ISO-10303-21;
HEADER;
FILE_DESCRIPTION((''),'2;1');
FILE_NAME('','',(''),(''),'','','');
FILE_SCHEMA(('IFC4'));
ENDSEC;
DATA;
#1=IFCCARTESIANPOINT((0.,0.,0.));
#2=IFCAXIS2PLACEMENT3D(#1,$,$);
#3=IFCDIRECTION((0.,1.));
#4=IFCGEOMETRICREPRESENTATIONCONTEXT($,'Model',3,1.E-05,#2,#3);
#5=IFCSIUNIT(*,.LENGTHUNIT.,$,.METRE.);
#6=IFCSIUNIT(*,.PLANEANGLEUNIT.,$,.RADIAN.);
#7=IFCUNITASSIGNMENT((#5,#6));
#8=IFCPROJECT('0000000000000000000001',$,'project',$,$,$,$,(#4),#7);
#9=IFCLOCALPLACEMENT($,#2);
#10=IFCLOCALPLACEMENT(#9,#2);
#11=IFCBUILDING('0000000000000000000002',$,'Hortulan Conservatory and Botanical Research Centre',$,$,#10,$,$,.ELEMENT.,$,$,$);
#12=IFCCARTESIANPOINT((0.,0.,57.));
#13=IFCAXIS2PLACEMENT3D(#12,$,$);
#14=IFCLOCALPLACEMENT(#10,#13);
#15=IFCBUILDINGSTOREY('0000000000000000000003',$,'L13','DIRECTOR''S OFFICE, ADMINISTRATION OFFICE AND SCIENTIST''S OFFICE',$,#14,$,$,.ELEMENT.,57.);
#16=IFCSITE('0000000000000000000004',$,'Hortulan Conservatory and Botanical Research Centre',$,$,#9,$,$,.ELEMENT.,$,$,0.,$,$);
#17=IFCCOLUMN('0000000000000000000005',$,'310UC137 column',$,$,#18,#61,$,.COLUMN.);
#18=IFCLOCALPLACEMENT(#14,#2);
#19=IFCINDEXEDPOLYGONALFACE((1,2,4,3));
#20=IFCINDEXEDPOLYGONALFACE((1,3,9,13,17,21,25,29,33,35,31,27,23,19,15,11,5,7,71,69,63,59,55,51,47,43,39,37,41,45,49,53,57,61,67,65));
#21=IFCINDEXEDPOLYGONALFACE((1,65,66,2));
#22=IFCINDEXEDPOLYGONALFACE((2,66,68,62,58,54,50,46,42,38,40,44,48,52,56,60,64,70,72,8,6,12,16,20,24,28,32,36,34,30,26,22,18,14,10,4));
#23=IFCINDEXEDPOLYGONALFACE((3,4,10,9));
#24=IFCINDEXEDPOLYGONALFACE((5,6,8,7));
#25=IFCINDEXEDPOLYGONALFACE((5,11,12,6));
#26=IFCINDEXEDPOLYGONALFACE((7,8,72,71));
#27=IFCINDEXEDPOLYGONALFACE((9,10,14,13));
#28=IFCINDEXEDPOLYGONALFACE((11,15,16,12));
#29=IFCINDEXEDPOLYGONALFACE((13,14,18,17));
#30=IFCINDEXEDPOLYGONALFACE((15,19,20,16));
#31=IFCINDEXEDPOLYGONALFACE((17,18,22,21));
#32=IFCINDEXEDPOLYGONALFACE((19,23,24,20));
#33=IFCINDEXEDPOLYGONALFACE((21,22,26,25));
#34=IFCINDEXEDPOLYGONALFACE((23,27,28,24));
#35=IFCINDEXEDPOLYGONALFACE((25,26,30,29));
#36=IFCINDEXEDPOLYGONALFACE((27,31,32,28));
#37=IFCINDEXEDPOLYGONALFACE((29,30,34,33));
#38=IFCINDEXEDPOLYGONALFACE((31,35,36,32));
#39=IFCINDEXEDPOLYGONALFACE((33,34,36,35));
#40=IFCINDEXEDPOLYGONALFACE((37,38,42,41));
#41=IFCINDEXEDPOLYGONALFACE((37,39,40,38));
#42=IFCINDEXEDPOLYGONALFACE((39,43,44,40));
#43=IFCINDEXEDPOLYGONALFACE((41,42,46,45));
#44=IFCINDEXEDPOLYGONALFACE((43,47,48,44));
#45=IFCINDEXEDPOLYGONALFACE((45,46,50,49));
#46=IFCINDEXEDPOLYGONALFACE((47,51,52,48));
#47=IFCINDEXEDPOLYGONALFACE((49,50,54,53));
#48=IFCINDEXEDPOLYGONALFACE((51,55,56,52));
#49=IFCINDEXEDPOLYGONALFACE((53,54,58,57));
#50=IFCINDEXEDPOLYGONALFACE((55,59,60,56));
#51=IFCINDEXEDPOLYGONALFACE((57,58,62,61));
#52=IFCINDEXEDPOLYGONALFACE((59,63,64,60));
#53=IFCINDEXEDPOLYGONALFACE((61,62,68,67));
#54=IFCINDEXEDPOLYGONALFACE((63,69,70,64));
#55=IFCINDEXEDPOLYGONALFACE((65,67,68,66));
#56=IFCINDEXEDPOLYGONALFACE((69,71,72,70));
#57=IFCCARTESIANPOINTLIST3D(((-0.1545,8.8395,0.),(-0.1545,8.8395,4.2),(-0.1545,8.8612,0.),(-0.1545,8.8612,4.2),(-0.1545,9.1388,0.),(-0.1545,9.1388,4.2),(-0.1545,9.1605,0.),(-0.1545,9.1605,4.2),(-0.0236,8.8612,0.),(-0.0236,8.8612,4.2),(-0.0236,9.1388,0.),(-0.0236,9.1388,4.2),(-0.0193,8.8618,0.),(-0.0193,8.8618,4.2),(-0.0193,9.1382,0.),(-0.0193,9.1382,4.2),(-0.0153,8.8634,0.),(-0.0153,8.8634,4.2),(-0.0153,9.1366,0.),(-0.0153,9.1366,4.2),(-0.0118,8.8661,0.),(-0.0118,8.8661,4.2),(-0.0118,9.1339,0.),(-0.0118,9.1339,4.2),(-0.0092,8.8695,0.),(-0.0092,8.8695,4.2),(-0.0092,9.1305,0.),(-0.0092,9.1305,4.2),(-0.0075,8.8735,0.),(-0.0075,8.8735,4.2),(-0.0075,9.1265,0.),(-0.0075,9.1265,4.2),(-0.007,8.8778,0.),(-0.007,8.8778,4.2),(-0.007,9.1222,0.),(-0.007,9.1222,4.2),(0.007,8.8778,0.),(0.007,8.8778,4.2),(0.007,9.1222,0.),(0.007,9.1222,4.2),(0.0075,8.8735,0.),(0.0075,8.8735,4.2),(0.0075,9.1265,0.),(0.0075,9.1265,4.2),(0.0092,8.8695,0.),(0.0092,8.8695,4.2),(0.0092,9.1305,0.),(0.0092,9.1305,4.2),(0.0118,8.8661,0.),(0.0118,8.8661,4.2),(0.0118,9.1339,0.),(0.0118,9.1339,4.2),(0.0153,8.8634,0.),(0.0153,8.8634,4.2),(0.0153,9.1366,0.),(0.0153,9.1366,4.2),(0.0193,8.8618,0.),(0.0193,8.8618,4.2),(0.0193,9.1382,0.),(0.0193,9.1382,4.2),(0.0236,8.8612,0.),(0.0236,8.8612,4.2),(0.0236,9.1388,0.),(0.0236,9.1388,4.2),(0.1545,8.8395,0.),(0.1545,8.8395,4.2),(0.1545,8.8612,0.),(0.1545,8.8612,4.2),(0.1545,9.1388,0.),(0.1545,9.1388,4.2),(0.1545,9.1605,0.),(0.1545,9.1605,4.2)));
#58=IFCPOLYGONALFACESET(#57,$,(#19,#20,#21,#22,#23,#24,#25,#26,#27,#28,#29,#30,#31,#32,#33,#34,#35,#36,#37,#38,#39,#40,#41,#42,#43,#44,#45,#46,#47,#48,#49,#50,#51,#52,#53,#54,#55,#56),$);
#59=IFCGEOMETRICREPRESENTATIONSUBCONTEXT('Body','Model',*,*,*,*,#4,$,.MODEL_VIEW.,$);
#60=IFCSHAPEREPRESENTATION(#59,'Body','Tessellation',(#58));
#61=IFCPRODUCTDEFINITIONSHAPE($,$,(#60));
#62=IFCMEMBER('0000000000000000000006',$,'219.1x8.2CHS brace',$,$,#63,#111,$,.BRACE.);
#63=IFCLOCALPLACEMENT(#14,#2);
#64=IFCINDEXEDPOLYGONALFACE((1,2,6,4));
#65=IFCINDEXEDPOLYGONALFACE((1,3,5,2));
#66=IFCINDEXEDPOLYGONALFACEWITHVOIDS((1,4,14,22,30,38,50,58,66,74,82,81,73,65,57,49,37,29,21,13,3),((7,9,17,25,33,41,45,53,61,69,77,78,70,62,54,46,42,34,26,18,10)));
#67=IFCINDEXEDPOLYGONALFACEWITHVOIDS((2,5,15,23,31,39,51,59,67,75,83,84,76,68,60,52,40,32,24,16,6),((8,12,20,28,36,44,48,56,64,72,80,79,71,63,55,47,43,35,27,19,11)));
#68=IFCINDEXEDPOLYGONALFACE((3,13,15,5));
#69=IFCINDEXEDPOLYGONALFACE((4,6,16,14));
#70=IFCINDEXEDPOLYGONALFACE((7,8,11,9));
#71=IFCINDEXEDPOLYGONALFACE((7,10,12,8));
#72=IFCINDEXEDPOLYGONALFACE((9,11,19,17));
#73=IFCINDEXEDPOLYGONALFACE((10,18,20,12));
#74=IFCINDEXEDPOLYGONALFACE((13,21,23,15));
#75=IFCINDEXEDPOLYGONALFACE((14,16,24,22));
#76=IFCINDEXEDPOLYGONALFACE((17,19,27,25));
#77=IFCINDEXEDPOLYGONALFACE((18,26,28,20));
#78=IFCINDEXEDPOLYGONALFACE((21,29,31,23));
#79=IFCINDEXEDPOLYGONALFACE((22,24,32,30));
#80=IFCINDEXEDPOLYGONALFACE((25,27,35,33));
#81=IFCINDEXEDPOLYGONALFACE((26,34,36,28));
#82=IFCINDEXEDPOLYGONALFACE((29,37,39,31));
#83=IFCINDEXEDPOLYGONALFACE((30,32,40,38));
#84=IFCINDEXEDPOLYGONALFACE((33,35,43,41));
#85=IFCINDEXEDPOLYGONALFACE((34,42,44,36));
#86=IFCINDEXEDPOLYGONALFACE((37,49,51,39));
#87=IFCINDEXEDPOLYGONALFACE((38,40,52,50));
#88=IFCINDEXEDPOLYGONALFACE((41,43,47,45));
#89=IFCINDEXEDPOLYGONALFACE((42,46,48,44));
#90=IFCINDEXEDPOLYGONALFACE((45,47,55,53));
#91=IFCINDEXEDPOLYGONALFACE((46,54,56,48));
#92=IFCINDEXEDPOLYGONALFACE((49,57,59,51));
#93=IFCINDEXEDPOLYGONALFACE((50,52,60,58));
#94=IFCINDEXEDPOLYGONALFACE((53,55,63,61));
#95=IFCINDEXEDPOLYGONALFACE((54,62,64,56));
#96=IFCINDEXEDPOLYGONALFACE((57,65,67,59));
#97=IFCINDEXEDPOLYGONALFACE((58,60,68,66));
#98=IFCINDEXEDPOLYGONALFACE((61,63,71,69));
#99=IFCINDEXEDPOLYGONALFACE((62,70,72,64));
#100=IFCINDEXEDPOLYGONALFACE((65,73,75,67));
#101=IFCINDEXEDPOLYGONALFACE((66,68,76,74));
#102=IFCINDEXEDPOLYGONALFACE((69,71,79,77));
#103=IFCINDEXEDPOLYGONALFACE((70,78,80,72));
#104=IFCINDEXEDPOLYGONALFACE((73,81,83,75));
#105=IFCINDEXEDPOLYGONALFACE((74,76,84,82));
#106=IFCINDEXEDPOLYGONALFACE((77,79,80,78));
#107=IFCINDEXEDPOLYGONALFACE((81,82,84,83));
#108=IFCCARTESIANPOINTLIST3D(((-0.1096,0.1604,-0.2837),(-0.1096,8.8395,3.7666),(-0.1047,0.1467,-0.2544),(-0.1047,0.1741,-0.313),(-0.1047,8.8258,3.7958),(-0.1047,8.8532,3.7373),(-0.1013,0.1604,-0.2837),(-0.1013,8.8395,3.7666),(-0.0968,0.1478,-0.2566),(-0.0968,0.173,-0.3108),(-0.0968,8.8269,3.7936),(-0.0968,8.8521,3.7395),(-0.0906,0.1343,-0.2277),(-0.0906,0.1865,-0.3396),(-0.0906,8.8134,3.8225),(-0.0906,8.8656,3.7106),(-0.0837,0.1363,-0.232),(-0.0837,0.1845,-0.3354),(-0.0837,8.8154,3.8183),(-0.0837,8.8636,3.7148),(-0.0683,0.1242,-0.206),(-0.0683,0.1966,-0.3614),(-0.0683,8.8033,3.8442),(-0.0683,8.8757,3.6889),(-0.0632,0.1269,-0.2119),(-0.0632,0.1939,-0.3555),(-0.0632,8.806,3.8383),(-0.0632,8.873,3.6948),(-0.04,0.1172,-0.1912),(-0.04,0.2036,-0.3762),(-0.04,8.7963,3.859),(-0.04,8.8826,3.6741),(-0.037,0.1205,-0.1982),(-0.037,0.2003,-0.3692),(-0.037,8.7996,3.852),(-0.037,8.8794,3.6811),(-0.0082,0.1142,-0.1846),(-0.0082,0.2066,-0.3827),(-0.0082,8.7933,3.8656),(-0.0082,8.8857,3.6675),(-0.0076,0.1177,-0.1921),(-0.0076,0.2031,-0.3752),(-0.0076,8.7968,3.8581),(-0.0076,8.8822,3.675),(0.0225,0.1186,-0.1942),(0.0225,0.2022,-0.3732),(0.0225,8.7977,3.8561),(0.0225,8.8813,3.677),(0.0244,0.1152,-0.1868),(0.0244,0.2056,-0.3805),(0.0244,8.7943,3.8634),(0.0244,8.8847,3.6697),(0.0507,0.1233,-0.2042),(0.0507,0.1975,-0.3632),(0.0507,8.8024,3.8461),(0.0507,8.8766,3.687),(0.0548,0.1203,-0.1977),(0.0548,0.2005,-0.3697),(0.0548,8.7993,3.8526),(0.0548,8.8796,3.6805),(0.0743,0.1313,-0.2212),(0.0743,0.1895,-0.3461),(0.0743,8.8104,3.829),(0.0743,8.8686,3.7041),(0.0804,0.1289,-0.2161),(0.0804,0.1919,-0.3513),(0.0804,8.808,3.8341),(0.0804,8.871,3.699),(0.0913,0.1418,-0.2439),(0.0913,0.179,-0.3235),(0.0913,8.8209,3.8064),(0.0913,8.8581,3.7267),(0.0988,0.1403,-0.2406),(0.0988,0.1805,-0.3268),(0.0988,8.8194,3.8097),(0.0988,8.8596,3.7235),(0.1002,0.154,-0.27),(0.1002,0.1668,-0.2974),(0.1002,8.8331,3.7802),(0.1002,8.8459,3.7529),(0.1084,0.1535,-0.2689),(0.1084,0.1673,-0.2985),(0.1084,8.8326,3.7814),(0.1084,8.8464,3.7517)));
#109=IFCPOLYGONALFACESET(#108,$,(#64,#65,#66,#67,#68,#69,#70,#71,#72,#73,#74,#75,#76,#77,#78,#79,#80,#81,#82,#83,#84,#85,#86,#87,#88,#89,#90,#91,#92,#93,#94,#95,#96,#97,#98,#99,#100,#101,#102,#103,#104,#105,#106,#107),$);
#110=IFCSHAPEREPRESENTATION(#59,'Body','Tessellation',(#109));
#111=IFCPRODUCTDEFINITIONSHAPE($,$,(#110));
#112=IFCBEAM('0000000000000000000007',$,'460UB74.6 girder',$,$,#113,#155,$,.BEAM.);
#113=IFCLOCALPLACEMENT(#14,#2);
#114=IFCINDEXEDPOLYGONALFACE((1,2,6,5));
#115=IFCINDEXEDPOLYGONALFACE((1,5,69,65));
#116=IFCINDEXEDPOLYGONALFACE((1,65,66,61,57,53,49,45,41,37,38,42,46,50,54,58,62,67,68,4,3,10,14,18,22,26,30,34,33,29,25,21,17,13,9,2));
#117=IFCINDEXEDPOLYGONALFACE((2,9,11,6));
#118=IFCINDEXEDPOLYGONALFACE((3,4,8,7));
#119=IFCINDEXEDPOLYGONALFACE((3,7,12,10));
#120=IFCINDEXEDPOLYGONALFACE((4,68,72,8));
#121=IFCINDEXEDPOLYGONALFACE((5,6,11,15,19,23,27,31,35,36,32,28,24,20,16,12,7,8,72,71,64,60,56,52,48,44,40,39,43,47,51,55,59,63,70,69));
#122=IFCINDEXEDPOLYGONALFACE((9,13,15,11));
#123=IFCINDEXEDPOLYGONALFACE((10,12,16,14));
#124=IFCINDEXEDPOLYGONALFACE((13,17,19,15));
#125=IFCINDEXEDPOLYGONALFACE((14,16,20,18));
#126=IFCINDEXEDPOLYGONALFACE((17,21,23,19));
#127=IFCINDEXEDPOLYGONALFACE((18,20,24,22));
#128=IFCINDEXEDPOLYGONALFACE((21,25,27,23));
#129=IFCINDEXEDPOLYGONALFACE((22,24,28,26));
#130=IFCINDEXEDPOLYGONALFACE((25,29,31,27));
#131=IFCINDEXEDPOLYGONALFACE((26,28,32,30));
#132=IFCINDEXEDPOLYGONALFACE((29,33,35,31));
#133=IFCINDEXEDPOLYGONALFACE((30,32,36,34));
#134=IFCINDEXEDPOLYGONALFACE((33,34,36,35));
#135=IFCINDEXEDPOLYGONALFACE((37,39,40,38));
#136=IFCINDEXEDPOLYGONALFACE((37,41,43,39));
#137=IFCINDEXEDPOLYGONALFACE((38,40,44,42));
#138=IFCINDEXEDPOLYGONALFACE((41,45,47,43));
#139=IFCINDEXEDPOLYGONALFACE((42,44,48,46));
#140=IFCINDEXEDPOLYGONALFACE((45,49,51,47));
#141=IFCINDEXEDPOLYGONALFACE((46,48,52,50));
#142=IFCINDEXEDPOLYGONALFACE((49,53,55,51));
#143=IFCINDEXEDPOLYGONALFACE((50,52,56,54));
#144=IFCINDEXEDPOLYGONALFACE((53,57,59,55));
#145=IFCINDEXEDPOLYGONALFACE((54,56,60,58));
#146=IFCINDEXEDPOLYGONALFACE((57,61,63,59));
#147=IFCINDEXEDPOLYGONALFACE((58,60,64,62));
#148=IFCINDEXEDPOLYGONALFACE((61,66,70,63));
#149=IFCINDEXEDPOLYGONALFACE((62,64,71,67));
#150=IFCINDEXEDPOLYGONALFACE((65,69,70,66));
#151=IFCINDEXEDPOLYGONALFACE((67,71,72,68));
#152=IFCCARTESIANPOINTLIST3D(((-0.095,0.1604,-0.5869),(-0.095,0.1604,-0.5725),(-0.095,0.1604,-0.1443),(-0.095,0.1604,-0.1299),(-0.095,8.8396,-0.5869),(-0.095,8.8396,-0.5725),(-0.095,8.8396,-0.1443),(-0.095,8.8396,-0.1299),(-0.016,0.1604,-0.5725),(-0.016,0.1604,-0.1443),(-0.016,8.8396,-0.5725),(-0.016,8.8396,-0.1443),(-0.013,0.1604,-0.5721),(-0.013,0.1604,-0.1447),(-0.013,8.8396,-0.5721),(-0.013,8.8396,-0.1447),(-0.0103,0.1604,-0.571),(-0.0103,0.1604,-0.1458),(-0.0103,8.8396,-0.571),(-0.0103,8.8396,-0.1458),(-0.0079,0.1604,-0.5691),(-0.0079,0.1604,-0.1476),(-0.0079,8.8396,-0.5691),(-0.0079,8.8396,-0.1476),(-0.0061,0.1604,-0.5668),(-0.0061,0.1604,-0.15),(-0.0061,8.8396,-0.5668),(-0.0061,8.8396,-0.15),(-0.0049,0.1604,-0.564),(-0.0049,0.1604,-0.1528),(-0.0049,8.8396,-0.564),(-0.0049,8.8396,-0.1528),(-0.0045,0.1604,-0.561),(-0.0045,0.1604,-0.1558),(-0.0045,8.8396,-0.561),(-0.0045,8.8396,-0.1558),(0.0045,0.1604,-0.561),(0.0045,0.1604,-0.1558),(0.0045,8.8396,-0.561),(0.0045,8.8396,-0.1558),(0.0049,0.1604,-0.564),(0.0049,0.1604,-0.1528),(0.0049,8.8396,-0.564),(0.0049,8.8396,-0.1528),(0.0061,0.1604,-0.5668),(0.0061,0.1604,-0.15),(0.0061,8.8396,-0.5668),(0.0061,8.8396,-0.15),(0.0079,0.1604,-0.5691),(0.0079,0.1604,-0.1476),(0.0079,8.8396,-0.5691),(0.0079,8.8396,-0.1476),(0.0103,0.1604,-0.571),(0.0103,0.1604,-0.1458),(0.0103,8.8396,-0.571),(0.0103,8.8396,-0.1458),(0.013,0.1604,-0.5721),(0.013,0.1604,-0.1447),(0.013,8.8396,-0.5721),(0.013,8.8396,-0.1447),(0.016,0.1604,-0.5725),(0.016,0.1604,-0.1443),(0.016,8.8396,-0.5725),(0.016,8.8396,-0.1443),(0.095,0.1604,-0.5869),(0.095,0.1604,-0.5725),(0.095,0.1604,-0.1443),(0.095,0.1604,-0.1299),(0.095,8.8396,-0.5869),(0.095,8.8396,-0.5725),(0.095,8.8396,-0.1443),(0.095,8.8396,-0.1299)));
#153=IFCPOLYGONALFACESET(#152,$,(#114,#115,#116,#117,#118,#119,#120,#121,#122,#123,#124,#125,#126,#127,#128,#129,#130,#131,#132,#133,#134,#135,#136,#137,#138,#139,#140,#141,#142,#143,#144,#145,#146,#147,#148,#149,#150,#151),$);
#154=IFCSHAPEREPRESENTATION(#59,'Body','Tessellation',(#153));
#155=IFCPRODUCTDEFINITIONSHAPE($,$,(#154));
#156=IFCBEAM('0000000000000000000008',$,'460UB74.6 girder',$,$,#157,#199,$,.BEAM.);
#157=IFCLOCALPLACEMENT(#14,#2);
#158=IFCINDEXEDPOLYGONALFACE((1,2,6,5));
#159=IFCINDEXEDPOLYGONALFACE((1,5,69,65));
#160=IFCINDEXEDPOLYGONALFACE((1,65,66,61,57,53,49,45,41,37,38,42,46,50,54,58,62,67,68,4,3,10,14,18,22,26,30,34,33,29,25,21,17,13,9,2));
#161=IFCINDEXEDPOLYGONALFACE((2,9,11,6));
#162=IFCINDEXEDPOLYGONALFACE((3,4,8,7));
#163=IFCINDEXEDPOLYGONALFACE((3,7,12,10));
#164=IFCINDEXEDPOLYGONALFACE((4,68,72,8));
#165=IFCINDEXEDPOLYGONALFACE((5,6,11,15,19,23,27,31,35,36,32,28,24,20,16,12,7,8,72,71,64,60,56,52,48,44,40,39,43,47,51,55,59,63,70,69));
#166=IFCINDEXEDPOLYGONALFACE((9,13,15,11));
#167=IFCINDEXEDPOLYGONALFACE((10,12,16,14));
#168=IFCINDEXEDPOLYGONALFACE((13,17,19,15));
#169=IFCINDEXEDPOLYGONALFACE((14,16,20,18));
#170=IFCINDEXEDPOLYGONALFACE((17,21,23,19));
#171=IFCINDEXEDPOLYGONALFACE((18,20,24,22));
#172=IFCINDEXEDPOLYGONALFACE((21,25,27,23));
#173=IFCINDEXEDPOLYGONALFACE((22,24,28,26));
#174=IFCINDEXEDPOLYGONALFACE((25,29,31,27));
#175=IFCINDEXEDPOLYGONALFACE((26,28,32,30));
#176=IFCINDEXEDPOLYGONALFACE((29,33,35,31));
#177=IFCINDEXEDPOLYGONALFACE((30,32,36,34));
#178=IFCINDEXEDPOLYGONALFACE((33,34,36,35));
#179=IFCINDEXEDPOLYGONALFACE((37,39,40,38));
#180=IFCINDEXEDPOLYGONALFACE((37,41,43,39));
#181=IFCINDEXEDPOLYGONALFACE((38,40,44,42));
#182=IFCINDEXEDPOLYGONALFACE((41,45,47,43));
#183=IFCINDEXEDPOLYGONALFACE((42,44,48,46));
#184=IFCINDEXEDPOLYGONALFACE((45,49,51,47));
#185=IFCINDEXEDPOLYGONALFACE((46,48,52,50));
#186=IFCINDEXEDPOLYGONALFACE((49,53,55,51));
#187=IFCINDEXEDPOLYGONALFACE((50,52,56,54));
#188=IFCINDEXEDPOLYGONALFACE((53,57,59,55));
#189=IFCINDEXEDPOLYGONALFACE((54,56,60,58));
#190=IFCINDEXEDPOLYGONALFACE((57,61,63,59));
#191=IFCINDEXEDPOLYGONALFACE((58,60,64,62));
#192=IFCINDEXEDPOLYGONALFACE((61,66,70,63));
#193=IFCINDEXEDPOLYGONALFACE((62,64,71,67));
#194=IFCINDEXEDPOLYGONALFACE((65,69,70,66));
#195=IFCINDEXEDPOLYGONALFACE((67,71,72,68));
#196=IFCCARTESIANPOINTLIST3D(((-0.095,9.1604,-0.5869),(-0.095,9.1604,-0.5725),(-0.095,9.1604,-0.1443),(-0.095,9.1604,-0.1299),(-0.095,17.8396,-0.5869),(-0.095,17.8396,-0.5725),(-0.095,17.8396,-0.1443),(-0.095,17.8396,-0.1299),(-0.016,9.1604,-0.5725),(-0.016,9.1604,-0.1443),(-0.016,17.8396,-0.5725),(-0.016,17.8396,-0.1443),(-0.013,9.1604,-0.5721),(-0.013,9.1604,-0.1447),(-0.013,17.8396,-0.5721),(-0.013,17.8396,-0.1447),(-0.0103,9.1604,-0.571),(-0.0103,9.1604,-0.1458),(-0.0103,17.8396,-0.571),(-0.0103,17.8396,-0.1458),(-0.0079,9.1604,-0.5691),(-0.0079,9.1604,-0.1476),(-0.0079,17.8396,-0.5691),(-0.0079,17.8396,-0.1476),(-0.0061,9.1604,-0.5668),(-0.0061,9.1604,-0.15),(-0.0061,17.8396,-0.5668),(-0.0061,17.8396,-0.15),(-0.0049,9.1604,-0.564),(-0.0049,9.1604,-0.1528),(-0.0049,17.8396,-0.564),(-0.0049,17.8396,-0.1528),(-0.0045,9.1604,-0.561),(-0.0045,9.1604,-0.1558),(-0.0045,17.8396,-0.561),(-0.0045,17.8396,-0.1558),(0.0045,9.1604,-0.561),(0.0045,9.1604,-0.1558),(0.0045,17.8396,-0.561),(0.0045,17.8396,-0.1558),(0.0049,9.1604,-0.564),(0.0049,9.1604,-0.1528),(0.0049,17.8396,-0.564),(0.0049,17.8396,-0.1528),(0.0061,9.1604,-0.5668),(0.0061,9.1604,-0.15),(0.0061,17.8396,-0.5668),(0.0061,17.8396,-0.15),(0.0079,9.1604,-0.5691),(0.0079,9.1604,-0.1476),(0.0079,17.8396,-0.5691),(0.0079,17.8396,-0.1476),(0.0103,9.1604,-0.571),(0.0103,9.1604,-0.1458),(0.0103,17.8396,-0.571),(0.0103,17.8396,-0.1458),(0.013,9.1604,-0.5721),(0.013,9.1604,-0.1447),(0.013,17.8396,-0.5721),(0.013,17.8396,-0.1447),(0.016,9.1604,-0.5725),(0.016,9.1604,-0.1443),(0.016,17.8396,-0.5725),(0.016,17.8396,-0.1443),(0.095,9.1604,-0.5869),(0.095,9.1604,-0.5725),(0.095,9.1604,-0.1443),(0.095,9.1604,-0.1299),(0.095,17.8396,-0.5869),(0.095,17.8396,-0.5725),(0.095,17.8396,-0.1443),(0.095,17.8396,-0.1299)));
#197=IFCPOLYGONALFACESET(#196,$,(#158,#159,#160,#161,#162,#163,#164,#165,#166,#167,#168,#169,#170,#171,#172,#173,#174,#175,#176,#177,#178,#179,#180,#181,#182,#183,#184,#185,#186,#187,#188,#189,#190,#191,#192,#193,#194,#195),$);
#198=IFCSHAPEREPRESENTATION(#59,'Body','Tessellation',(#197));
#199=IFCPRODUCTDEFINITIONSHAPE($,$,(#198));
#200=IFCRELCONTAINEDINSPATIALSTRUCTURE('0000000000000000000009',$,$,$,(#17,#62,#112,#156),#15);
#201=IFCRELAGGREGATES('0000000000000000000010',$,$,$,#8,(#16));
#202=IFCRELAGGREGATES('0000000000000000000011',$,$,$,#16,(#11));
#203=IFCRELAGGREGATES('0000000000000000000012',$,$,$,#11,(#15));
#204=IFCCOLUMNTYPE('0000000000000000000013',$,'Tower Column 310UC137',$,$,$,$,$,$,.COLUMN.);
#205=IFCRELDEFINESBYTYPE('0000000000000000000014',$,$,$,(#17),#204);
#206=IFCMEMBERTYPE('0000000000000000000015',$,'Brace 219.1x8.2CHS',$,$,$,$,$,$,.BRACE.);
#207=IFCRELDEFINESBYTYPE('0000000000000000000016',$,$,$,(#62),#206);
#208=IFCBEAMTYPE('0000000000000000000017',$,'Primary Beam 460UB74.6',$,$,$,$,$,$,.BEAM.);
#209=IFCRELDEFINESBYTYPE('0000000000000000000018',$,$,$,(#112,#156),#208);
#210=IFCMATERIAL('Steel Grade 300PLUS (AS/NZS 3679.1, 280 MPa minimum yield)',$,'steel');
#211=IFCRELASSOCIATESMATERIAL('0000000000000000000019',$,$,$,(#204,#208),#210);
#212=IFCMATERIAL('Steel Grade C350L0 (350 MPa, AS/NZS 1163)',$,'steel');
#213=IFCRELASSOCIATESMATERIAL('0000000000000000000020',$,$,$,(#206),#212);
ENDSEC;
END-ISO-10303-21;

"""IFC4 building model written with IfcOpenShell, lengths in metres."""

from ifc_helpers import new_model, si_unit, direction, frame, origin, origin_2d, place, context, subcontext, project, spatial, hollow_circle, i_section, extrude, material, material_profile, profile_set, type_object, element, save


model = new_model("IFC4")

# Units and contexts
model_context = context("Model", 3, precision=1e-05, world=origin(), true_north=direction((0.0, 1.0)))
body_context = subcontext(model_context, "Body", "Model", "MODEL_VIEW")
ifc_project = project(units=[si_unit("LENGTHUNIT", "METRE"), si_unit("PLANEANGLEUNIT", "RADIAN")], contexts=[model_context])

# Site, building, storey
site_placement = place(None, origin())
site = spatial("IfcSite", under=ifc_project, at=site_placement, Name="Hortulan Conservatory and Botanical Research Centre", CompositionType="ELEMENT", RefElevation=0.0)
building_placement = place(site_placement, origin())
building = spatial("IfcBuilding", under=site, at=building_placement, Name="Hortulan Conservatory and Botanical Research Centre", CompositionType="ELEMENT")
storey_placement = place(building_placement, frame((0.0, 0.0, 57.0)))
storey = spatial("IfcBuildingStorey", under=building, at=storey_placement, Name="L13", Description="DIRECTOR'S OFFICE, ADMINISTRATION OFFICE AND SCIENTIST'S OFFICE", CompositionType="ELEMENT", Elevation=57.0)

# Column
ifc_material_1 = material(Name="Steel Grade 300PLUS (AS/NZS 3679.1, 280 MPa minimum yield)", Category="steel")
ifc_material_profile_1 = material_profile(ifc_material_1, i_section(OverallWidth=0.3091, OverallDepth=0.321, WebThickness=0.0139, FlangeThickness=0.0217, FilletRadius=0.0166, at=origin_2d()), Name="310UC137")
ifc_profile_set_1 = profile_set([ifc_material_profile_1], Name="Steel Grade 300PLUS (AS/NZS 3679.1, 280 MPa minimum yield)")
column_type = type_object("IfcColumnType", Name="Tower Column 310UC137", PredefinedType="COLUMN", material=ifc_profile_set_1)
column_placement = place(storey_placement, frame((0.0, 9.0, 0.0), z_axis=(0.0, 0.0, 1.0), x_axis=(1.0, 0.0, 0.0)))
element("IfcColumn", 1, at=column_placement, inside=storey, type_object=column_type, Name="310UC137 column", PredefinedType="COLUMN", context=body_context, shape_type="SweptSolid", body=[
    extrude(i_section(OverallWidth=0.3091, OverallDepth=0.321, WebThickness=0.0139, FlangeThickness=0.0217, FilletRadius=0.0166, at=origin_2d()), origin(), (0.0, 0.0, 1.0), 4.2),
])

# Member
ifc_material_2 = material(Name="Steel Grade C350L0 (350 MPa, AS/NZS 1163)", Category="steel")
ifc_material_profile_2 = material_profile(ifc_material_2, hollow_circle(Radius=0.1096, WallThickness=0.0083, at=origin_2d()), Name="219.1x8.2CHS")
ifc_profile_set_2 = profile_set([ifc_material_profile_2], Name="Steel Grade C350L0 (350 MPa, AS/NZS 1163)")
member_type = type_object("IfcMemberType", Name="Brace 219.1x8.2CHS", PredefinedType="BRACE", material=ifc_profile_set_2)
member_placement = place(storey_placement, frame((0.0, 0.1604, -0.2837), z_axis=(0.0, 0.906183, 0.422885), x_axis=(-1.0, 0.0, 0.0)))
element("IfcMember", 2, at=member_placement, inside=storey, type_object=member_type, Name="219.1x8.2CHS brace", PredefinedType="BRACE", context=body_context, shape_type="SweptSolid", body=[
    extrude(hollow_circle(Radius=0.1096, WallThickness=0.0083, at=origin_2d()), origin(), (0.0, 0.0, 1.0), 9.5776),
])

# Beams
ifc_material_profile_3 = material_profile(ifc_material_1, i_section(OverallWidth=0.1899, OverallDepth=0.457, WebThickness=0.009, FlangeThickness=0.0144, FilletRadius=0.0115, at=origin_2d()), Name="460UB74.6")
ifc_profile_set_3 = profile_set([ifc_material_profile_3], Name="Steel Grade 300PLUS (AS/NZS 3679.1, 280 MPa minimum yield)")
beam_type_1 = type_object("IfcBeamType", Name="Primary Beam 460UB74.6", PredefinedType="BEAM", material=ifc_profile_set_3)
for number, where, z_axis, x_axis, name in (
    (3, (0.0, 0.1604, -0.3584), (0.0, 1.0, 0.0), (-1.0, 0.0, 0.0), "460UB74.6 girder"),
    (4, (0.0, 9.1604, -0.3584), (0.0, 1.0, 0.0), (-1.0, 0.0, 0.0), "460UB74.6 girder"),
):
    element("IfcBeam", number, at=place(storey_placement, frame(where, z_axis=z_axis, x_axis=x_axis)), inside=storey, type_object=beam_type_1, Name=name, PredefinedType="BEAM", context=body_context, shape_type="SweptSolid", body=[
        extrude(i_section(OverallWidth=0.1899, OverallDepth=0.457, WebThickness=0.009, FlangeThickness=0.0144, FilletRadius=0.0115, at=origin_2d()), origin(), (0.0, 0.0, 1.0), 8.6792),
    ])

save(model, "model.ifc")
